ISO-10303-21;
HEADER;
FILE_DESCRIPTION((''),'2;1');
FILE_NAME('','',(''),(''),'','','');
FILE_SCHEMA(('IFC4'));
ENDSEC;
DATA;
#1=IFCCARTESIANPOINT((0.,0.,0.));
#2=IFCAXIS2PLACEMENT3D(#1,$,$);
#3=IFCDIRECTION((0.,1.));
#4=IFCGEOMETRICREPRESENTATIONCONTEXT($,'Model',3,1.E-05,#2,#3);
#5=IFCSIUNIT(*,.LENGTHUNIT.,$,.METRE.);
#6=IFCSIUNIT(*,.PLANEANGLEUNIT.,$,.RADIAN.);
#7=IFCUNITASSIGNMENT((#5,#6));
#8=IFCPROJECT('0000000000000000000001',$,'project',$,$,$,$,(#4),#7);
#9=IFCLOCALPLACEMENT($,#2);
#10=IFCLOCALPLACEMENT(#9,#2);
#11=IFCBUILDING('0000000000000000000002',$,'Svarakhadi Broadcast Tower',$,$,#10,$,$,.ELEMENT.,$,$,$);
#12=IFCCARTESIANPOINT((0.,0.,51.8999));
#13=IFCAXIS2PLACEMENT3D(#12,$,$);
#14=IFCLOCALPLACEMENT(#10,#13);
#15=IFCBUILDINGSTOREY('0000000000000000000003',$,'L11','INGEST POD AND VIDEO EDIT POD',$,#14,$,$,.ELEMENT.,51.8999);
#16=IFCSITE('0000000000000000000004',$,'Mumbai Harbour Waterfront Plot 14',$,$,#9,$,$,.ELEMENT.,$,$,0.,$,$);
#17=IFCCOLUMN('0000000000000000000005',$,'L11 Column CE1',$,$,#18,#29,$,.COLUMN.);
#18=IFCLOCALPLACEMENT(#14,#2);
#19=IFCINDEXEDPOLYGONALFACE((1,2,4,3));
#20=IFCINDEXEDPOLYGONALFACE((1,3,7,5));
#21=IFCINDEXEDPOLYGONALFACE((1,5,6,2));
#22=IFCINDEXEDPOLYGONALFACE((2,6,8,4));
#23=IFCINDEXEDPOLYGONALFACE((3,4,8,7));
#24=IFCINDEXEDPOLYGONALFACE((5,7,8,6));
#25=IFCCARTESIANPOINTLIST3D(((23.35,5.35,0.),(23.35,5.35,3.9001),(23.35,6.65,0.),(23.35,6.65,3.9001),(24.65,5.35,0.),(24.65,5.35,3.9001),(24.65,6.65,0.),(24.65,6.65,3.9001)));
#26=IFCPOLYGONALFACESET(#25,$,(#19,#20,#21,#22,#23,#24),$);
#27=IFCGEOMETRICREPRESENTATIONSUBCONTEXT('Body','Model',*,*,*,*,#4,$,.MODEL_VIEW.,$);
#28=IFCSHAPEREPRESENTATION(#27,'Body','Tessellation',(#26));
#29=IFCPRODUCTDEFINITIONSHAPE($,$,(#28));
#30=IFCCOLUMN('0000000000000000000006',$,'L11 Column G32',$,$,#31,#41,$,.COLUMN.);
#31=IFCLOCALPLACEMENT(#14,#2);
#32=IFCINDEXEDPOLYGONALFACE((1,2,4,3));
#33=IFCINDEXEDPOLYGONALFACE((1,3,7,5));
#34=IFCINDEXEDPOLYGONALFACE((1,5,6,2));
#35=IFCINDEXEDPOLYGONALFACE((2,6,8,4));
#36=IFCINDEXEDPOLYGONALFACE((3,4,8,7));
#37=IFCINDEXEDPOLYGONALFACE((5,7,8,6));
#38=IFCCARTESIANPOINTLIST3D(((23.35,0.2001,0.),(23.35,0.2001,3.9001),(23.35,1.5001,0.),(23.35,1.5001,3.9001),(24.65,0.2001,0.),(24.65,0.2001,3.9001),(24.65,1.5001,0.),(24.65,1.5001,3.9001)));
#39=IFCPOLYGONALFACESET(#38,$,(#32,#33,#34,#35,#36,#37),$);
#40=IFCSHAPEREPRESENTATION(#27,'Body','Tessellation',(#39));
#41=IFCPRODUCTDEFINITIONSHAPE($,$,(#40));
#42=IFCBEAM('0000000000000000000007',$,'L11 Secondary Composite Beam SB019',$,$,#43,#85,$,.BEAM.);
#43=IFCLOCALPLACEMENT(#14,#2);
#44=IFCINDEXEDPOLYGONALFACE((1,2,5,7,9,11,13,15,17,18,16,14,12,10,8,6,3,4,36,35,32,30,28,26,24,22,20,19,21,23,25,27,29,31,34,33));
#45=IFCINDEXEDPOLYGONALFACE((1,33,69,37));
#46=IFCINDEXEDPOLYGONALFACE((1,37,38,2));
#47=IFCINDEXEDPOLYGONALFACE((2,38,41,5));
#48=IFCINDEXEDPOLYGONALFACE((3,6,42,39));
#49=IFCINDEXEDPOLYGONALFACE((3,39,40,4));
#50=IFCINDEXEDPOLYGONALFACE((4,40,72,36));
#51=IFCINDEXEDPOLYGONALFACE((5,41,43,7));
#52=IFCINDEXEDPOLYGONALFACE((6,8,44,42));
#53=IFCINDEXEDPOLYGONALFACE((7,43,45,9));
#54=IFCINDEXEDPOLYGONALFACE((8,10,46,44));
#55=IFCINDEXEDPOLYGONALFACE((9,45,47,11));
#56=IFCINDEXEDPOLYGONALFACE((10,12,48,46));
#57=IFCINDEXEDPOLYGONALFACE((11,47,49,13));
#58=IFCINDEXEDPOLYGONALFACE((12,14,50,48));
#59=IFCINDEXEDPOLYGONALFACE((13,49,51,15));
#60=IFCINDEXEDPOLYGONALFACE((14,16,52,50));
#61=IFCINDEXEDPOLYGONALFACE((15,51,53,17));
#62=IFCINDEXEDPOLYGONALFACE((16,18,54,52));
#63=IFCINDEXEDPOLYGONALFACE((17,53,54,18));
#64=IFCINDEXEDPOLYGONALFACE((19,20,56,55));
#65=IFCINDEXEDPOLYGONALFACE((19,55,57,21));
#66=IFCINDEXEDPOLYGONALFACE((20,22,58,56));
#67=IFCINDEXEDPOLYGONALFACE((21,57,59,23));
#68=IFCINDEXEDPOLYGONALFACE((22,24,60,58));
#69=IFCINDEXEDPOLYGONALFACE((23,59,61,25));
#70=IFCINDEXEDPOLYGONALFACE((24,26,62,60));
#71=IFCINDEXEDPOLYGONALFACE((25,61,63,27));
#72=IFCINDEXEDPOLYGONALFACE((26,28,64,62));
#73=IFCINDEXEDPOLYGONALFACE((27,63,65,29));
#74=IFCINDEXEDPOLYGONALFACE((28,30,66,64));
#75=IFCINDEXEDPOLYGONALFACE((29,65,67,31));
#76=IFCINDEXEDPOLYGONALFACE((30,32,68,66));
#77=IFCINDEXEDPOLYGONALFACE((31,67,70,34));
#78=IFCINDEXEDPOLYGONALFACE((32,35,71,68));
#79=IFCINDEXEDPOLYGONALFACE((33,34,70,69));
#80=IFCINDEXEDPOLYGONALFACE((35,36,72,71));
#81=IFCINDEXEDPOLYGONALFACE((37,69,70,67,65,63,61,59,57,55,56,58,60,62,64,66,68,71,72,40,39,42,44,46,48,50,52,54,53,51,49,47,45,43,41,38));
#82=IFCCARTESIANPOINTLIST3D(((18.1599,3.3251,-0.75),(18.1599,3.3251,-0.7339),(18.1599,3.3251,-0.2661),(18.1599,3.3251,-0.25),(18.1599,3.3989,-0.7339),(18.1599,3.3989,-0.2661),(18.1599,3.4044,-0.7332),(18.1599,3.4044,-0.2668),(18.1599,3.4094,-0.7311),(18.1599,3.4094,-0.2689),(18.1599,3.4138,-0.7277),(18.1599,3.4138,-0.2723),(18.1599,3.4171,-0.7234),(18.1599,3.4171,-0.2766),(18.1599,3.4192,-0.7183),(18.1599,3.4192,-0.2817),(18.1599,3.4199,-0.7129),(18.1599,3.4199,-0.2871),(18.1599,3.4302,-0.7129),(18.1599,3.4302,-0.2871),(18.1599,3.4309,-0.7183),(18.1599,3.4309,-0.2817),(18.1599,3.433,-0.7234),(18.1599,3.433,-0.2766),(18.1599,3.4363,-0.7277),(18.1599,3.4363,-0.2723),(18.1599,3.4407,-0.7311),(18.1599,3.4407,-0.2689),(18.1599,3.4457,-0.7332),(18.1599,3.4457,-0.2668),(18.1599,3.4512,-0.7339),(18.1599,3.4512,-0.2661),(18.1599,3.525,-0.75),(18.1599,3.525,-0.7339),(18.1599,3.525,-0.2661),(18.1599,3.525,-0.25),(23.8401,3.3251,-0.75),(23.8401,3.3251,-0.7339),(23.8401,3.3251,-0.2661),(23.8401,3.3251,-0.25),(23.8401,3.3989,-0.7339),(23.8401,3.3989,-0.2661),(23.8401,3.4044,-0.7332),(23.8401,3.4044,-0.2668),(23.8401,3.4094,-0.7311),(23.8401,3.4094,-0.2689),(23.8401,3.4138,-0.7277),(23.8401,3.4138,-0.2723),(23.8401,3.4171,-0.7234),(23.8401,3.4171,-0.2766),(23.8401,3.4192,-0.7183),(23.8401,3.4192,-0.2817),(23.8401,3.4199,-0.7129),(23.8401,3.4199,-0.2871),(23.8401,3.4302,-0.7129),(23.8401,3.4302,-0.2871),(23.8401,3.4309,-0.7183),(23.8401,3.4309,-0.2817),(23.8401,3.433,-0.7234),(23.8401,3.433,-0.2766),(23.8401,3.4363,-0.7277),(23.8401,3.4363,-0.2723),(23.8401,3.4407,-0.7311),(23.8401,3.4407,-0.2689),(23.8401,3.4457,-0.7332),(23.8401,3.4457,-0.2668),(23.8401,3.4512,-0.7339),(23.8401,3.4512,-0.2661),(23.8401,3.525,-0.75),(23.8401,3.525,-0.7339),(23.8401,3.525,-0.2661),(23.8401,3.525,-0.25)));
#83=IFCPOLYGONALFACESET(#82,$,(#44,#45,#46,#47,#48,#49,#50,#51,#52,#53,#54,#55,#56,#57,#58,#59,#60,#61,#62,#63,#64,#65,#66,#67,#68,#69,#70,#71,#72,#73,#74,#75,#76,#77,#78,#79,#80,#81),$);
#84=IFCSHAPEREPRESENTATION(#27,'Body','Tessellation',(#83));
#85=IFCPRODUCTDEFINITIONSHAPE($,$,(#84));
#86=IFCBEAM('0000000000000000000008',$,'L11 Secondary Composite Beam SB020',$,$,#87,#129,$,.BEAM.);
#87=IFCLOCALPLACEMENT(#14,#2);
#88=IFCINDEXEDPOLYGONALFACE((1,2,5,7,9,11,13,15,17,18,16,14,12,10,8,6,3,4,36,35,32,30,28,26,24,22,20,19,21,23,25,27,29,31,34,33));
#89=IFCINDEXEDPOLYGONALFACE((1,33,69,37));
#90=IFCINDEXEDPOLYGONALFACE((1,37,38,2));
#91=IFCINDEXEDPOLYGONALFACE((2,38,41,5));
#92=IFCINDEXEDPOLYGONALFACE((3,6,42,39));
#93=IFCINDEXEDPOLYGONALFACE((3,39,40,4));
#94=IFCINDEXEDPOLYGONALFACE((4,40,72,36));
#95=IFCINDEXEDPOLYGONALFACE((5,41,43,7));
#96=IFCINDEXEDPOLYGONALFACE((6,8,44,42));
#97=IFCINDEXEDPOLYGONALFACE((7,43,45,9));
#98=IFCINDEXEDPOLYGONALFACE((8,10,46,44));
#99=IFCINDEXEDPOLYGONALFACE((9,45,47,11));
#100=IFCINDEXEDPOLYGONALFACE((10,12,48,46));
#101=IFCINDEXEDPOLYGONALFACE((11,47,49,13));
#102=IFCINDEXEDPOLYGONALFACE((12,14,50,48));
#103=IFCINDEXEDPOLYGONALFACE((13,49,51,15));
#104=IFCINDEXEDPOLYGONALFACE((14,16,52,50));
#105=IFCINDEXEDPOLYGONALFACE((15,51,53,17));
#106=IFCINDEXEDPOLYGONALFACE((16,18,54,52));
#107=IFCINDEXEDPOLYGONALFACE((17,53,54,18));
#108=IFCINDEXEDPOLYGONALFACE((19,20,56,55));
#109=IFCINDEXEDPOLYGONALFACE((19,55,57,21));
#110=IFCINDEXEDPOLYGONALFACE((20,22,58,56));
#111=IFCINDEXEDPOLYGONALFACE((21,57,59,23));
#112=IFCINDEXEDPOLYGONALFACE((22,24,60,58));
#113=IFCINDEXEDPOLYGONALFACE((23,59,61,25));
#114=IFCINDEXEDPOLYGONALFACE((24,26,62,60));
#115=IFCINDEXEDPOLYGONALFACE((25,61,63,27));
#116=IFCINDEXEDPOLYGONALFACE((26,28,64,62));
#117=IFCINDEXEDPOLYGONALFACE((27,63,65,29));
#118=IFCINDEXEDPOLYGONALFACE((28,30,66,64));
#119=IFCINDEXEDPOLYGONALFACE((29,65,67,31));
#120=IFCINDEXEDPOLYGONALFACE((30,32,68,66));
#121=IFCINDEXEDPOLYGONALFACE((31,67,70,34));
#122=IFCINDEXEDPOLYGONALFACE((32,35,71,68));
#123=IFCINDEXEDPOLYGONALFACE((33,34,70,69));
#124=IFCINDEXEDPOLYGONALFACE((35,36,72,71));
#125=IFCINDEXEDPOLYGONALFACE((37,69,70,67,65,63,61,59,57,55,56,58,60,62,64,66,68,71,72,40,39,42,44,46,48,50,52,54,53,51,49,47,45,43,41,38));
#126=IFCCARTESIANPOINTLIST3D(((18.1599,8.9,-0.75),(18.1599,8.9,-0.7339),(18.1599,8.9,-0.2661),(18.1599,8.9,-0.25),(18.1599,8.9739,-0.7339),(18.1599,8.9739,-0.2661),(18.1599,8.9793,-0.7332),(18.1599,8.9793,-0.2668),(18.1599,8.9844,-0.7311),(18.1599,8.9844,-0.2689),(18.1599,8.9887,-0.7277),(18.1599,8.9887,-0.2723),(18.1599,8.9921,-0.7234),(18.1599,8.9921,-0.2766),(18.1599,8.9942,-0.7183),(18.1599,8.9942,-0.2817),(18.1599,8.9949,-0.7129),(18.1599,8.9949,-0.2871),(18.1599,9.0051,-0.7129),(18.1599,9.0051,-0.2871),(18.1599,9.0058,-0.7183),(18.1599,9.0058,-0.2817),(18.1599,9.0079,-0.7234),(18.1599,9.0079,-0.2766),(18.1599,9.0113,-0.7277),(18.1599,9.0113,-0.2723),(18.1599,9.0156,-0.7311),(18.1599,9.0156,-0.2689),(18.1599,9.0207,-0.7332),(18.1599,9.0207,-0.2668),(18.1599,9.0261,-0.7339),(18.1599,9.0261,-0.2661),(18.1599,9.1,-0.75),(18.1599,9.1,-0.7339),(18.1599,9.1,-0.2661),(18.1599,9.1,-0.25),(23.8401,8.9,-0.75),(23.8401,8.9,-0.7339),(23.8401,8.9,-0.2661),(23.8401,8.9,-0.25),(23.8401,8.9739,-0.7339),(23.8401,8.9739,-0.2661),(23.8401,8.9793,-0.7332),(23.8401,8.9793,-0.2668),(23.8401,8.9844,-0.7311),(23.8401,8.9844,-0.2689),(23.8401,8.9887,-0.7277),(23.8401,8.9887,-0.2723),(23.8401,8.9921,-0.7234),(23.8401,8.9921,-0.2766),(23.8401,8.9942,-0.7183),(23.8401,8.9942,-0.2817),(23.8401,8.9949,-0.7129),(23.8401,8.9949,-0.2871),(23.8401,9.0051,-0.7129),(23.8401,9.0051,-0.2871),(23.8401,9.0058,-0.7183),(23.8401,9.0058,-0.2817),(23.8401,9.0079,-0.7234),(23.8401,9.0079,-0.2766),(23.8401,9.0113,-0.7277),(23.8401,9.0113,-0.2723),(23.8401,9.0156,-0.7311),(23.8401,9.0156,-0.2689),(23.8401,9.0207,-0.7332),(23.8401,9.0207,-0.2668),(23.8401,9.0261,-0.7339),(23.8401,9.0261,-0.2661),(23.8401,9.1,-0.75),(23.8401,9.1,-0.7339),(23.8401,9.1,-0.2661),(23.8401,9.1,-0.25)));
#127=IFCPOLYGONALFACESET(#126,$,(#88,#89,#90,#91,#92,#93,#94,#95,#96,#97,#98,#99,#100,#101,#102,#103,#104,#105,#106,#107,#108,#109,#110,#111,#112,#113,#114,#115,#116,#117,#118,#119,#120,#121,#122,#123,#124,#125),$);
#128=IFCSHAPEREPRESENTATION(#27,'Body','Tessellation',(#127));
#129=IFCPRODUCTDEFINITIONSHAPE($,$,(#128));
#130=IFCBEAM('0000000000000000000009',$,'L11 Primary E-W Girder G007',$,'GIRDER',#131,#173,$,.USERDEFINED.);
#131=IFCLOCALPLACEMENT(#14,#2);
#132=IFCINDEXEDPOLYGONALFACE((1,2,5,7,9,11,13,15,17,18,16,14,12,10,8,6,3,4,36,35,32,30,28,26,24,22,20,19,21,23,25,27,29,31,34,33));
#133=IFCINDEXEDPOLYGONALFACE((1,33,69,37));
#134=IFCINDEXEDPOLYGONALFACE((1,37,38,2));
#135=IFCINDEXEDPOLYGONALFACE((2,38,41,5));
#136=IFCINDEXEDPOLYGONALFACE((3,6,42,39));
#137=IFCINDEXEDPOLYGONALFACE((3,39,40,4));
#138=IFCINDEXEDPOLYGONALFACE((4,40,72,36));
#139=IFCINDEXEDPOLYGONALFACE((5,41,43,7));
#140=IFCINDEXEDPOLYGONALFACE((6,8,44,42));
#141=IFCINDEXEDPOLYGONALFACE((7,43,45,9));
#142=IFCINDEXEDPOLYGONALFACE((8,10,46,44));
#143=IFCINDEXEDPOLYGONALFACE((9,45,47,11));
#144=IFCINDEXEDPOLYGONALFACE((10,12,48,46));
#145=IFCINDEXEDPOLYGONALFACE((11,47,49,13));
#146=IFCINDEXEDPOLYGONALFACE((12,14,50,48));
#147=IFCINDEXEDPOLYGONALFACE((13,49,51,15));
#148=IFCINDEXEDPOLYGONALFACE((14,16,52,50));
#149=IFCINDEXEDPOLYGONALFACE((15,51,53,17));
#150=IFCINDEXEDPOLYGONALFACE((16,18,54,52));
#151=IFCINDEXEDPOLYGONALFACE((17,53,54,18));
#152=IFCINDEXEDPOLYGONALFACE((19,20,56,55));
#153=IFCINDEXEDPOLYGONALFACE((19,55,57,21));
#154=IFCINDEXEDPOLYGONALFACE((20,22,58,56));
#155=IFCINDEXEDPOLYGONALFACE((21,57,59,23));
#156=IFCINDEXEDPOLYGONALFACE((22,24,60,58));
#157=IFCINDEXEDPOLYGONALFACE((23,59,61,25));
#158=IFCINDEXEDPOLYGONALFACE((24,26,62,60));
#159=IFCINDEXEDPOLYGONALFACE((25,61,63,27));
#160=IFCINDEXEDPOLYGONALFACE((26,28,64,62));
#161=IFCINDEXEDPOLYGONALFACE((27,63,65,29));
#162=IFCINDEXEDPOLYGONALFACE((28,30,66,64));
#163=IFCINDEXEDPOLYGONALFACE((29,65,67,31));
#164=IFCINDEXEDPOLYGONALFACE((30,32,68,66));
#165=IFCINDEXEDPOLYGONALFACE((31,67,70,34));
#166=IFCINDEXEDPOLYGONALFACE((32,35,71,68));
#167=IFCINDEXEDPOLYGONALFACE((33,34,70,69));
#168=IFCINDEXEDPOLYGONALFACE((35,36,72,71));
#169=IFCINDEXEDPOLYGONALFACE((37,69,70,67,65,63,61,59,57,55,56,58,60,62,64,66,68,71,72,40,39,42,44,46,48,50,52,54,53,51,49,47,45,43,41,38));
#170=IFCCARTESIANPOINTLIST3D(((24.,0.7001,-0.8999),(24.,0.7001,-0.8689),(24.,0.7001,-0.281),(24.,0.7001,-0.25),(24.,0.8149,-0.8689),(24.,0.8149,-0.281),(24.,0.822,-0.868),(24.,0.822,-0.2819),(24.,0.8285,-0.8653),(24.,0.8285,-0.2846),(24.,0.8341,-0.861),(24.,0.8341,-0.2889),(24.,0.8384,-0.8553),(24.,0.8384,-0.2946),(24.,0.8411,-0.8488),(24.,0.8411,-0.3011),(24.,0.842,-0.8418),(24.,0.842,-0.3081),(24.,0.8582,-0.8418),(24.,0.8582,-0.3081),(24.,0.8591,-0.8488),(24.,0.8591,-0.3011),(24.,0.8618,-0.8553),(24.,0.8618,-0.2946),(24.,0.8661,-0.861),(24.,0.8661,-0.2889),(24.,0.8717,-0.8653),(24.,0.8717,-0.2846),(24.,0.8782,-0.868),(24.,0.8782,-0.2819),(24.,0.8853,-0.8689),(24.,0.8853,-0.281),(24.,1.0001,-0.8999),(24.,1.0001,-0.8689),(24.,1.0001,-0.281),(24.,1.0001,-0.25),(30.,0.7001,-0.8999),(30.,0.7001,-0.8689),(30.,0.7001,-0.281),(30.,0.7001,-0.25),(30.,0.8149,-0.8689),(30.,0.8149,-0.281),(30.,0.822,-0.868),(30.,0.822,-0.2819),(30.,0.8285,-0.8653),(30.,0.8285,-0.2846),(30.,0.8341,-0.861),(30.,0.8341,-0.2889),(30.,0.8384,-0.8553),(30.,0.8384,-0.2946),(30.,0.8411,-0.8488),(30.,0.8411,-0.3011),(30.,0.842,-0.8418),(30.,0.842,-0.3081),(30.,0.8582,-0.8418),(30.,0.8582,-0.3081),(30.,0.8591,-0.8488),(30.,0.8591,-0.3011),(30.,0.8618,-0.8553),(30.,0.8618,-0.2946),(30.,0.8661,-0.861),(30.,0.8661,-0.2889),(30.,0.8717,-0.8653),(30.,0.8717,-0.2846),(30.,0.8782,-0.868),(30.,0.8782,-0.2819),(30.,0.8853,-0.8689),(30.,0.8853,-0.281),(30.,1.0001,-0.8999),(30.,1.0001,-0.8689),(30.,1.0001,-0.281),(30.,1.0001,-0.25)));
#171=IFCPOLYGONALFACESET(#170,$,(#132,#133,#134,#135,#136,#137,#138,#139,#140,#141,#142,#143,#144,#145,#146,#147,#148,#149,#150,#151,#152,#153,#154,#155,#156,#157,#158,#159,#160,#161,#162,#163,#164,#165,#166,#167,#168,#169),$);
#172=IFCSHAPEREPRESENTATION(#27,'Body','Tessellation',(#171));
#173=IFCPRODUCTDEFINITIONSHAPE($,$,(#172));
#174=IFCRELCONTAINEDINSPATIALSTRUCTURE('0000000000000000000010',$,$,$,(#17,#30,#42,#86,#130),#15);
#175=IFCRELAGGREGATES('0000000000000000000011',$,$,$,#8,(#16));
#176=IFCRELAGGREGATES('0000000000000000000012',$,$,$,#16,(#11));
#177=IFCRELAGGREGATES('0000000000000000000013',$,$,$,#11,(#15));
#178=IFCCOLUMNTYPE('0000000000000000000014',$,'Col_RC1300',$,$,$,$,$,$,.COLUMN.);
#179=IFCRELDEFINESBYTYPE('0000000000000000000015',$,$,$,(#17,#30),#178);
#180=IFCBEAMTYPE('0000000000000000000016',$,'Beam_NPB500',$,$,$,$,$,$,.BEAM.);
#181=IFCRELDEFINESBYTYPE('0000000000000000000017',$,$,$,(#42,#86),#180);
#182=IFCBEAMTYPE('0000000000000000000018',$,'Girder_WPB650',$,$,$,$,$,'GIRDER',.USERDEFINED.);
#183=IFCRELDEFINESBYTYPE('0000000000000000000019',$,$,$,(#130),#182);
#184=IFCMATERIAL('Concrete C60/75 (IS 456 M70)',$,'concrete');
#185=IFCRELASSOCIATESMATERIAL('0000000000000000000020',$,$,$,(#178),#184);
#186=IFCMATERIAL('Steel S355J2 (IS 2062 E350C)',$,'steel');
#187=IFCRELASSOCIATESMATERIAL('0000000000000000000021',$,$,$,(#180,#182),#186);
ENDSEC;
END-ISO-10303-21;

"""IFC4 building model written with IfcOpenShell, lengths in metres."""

from ifc_helpers import new_model, si_unit, direction, frame, origin, origin_2d, place, context, subcontext, project, spatial, rectangle, i_section, extrude, material, material_profile, profile_set, type_object, element, save


model = new_model("IFC4")

# Units and contexts
model_context = context("Model", 3, precision=1e-05, world=origin(), true_north=direction((0.0, 1.0)))
body_context = subcontext(model_context, "Body", "Model", "MODEL_VIEW")
ifc_project = project(units=[si_unit("LENGTHUNIT", "METRE"), si_unit("PLANEANGLEUNIT", "RADIAN")], contexts=[model_context])

# Site, building, storey
site_placement = place(None, origin())
site = spatial("IfcSite", under=ifc_project, at=site_placement, Name="Mumbai Harbour Waterfront Plot 14", CompositionType="ELEMENT", RefElevation=0.0)
building_placement = place(site_placement, origin())
building = spatial("IfcBuilding", under=site, at=building_placement, Name="Svarakhadi Broadcast Tower", CompositionType="ELEMENT")
storey_placement = place(building_placement, frame((0.0, 0.0, 51.8999)))
storey = spatial("IfcBuildingStorey", under=building, at=storey_placement, Name="L11", Description="INGEST POD AND VIDEO EDIT POD", CompositionType="ELEMENT", Elevation=51.8999)

# Columns
ifc_material_1 = material(Name="Concrete C60/75 (IS 456 M70)", Category="concrete")
ifc_material_profile_1 = material_profile(ifc_material_1, rectangle(XDim=1.3, YDim=1.3, at=origin_2d()), Name="RC 1300x1300")
ifc_profile_set_1 = profile_set([ifc_material_profile_1], Name="Concrete C60/75 (IS 456 M70)")
column_type = type_object("IfcColumnType", Name="Col_RC1300", PredefinedType="COLUMN", material=ifc_profile_set_1)
for number, where, z_axis, x_axis, name in (
    (1, (24.0, 6.0, 0.0), (0.0, 0.0, 1.0), (1.0, 0.0, 0.0), "L11 Column CE1"),
    (2, (24.0, 0.8501, 0.0), (0.0, 0.0, 1.0), (1.0, 0.0, 0.0), "L11 Column G32"),
):
    element("IfcColumn", number, at=place(storey_placement, frame(where, z_axis=z_axis, x_axis=x_axis)), inside=storey, type_object=column_type, Name=name, PredefinedType="COLUMN", context=body_context, shape_type="SweptSolid", body=[
        extrude(rectangle(XDim=1.3, YDim=1.3, at=origin_2d()), origin(), (0.0, 0.0, 1.0), 3.9001),
    ])

# Beams
ifc_material_2 = material(Name="Steel S355J2 (IS 2062 E350C)", Category="steel")
ifc_material_profile_2 = material_profile(ifc_material_2, i_section(OverallWidth=0.2, OverallDepth=0.5, WebThickness=0.0103, FlangeThickness=0.0161, FilletRadius=0.021, at=origin_2d()), Name="NPB 500x200x91")
ifc_profile_set_2 = profile_set([ifc_material_profile_2], Name="Steel S355J2 (IS 2062 E350C)")
beam_type_1 = type_object("IfcBeamType", Name="Beam_NPB500", PredefinedType="BEAM", material=ifc_profile_set_2)
for number, where, z_axis, x_axis, name in (
    (3, (18.1599, 3.425, -0.5), (1.0, 0.0, 0.0), (0.0, 1.0, 0.0), "L11 Secondary Composite Beam SB019"),
    (4, (18.1599, 9.0, -0.5), (1.0, 0.0, 0.0), (0.0, 1.0, 0.0), "L11 Secondary Composite Beam SB020"),
):
    element("IfcBeam", number, at=place(storey_placement, frame(where, z_axis=z_axis, x_axis=x_axis)), inside=storey, type_object=beam_type_1, Name=name, PredefinedType="BEAM", context=body_context, shape_type="SweptSolid", body=[
        extrude(i_section(OverallWidth=0.2, OverallDepth=0.5, WebThickness=0.0103, FlangeThickness=0.0161, FilletRadius=0.021, at=origin_2d()), origin(), (0.0, 0.0, 1.0), 5.6802),
    ])
ifc_material_profile_3 = material_profile(ifc_material_2, i_section(OverallWidth=0.3, OverallDepth=0.6499, WebThickness=0.0161, FlangeThickness=0.031, FilletRadius=0.0271, at=origin_2d()), Name="WPB 650x300x225")
ifc_profile_set_3 = profile_set([ifc_material_profile_3], Name="Steel S355J2 (IS 2062 E350C)")
beam_type_2 = type_object("IfcBeamType", Name="Girder_WPB650", ElementType="GIRDER", PredefinedType="USERDEFINED", material=ifc_profile_set_3)
beam_1_placement = place(storey_placement, frame((24.0, 0.8501, -0.575), z_axis=(1.0, 0.0, 0.0), x_axis=(0.0, 1.0, 0.0)))
element("IfcBeam", 5, at=beam_1_placement, inside=storey, type_object=beam_type_2, Name="L11 Primary E-W Girder G007", ObjectType="GIRDER", PredefinedType="USERDEFINED", context=body_context, shape_type="SweptSolid", body=[
    extrude(i_section(OverallWidth=0.3, OverallDepth=0.6499, WebThickness=0.0161, FlangeThickness=0.031, FilletRadius=0.0271, at=origin_2d()), origin(), (0.0, 0.0, 1.0), 6.0),
])

save(model, "model.ifc")
